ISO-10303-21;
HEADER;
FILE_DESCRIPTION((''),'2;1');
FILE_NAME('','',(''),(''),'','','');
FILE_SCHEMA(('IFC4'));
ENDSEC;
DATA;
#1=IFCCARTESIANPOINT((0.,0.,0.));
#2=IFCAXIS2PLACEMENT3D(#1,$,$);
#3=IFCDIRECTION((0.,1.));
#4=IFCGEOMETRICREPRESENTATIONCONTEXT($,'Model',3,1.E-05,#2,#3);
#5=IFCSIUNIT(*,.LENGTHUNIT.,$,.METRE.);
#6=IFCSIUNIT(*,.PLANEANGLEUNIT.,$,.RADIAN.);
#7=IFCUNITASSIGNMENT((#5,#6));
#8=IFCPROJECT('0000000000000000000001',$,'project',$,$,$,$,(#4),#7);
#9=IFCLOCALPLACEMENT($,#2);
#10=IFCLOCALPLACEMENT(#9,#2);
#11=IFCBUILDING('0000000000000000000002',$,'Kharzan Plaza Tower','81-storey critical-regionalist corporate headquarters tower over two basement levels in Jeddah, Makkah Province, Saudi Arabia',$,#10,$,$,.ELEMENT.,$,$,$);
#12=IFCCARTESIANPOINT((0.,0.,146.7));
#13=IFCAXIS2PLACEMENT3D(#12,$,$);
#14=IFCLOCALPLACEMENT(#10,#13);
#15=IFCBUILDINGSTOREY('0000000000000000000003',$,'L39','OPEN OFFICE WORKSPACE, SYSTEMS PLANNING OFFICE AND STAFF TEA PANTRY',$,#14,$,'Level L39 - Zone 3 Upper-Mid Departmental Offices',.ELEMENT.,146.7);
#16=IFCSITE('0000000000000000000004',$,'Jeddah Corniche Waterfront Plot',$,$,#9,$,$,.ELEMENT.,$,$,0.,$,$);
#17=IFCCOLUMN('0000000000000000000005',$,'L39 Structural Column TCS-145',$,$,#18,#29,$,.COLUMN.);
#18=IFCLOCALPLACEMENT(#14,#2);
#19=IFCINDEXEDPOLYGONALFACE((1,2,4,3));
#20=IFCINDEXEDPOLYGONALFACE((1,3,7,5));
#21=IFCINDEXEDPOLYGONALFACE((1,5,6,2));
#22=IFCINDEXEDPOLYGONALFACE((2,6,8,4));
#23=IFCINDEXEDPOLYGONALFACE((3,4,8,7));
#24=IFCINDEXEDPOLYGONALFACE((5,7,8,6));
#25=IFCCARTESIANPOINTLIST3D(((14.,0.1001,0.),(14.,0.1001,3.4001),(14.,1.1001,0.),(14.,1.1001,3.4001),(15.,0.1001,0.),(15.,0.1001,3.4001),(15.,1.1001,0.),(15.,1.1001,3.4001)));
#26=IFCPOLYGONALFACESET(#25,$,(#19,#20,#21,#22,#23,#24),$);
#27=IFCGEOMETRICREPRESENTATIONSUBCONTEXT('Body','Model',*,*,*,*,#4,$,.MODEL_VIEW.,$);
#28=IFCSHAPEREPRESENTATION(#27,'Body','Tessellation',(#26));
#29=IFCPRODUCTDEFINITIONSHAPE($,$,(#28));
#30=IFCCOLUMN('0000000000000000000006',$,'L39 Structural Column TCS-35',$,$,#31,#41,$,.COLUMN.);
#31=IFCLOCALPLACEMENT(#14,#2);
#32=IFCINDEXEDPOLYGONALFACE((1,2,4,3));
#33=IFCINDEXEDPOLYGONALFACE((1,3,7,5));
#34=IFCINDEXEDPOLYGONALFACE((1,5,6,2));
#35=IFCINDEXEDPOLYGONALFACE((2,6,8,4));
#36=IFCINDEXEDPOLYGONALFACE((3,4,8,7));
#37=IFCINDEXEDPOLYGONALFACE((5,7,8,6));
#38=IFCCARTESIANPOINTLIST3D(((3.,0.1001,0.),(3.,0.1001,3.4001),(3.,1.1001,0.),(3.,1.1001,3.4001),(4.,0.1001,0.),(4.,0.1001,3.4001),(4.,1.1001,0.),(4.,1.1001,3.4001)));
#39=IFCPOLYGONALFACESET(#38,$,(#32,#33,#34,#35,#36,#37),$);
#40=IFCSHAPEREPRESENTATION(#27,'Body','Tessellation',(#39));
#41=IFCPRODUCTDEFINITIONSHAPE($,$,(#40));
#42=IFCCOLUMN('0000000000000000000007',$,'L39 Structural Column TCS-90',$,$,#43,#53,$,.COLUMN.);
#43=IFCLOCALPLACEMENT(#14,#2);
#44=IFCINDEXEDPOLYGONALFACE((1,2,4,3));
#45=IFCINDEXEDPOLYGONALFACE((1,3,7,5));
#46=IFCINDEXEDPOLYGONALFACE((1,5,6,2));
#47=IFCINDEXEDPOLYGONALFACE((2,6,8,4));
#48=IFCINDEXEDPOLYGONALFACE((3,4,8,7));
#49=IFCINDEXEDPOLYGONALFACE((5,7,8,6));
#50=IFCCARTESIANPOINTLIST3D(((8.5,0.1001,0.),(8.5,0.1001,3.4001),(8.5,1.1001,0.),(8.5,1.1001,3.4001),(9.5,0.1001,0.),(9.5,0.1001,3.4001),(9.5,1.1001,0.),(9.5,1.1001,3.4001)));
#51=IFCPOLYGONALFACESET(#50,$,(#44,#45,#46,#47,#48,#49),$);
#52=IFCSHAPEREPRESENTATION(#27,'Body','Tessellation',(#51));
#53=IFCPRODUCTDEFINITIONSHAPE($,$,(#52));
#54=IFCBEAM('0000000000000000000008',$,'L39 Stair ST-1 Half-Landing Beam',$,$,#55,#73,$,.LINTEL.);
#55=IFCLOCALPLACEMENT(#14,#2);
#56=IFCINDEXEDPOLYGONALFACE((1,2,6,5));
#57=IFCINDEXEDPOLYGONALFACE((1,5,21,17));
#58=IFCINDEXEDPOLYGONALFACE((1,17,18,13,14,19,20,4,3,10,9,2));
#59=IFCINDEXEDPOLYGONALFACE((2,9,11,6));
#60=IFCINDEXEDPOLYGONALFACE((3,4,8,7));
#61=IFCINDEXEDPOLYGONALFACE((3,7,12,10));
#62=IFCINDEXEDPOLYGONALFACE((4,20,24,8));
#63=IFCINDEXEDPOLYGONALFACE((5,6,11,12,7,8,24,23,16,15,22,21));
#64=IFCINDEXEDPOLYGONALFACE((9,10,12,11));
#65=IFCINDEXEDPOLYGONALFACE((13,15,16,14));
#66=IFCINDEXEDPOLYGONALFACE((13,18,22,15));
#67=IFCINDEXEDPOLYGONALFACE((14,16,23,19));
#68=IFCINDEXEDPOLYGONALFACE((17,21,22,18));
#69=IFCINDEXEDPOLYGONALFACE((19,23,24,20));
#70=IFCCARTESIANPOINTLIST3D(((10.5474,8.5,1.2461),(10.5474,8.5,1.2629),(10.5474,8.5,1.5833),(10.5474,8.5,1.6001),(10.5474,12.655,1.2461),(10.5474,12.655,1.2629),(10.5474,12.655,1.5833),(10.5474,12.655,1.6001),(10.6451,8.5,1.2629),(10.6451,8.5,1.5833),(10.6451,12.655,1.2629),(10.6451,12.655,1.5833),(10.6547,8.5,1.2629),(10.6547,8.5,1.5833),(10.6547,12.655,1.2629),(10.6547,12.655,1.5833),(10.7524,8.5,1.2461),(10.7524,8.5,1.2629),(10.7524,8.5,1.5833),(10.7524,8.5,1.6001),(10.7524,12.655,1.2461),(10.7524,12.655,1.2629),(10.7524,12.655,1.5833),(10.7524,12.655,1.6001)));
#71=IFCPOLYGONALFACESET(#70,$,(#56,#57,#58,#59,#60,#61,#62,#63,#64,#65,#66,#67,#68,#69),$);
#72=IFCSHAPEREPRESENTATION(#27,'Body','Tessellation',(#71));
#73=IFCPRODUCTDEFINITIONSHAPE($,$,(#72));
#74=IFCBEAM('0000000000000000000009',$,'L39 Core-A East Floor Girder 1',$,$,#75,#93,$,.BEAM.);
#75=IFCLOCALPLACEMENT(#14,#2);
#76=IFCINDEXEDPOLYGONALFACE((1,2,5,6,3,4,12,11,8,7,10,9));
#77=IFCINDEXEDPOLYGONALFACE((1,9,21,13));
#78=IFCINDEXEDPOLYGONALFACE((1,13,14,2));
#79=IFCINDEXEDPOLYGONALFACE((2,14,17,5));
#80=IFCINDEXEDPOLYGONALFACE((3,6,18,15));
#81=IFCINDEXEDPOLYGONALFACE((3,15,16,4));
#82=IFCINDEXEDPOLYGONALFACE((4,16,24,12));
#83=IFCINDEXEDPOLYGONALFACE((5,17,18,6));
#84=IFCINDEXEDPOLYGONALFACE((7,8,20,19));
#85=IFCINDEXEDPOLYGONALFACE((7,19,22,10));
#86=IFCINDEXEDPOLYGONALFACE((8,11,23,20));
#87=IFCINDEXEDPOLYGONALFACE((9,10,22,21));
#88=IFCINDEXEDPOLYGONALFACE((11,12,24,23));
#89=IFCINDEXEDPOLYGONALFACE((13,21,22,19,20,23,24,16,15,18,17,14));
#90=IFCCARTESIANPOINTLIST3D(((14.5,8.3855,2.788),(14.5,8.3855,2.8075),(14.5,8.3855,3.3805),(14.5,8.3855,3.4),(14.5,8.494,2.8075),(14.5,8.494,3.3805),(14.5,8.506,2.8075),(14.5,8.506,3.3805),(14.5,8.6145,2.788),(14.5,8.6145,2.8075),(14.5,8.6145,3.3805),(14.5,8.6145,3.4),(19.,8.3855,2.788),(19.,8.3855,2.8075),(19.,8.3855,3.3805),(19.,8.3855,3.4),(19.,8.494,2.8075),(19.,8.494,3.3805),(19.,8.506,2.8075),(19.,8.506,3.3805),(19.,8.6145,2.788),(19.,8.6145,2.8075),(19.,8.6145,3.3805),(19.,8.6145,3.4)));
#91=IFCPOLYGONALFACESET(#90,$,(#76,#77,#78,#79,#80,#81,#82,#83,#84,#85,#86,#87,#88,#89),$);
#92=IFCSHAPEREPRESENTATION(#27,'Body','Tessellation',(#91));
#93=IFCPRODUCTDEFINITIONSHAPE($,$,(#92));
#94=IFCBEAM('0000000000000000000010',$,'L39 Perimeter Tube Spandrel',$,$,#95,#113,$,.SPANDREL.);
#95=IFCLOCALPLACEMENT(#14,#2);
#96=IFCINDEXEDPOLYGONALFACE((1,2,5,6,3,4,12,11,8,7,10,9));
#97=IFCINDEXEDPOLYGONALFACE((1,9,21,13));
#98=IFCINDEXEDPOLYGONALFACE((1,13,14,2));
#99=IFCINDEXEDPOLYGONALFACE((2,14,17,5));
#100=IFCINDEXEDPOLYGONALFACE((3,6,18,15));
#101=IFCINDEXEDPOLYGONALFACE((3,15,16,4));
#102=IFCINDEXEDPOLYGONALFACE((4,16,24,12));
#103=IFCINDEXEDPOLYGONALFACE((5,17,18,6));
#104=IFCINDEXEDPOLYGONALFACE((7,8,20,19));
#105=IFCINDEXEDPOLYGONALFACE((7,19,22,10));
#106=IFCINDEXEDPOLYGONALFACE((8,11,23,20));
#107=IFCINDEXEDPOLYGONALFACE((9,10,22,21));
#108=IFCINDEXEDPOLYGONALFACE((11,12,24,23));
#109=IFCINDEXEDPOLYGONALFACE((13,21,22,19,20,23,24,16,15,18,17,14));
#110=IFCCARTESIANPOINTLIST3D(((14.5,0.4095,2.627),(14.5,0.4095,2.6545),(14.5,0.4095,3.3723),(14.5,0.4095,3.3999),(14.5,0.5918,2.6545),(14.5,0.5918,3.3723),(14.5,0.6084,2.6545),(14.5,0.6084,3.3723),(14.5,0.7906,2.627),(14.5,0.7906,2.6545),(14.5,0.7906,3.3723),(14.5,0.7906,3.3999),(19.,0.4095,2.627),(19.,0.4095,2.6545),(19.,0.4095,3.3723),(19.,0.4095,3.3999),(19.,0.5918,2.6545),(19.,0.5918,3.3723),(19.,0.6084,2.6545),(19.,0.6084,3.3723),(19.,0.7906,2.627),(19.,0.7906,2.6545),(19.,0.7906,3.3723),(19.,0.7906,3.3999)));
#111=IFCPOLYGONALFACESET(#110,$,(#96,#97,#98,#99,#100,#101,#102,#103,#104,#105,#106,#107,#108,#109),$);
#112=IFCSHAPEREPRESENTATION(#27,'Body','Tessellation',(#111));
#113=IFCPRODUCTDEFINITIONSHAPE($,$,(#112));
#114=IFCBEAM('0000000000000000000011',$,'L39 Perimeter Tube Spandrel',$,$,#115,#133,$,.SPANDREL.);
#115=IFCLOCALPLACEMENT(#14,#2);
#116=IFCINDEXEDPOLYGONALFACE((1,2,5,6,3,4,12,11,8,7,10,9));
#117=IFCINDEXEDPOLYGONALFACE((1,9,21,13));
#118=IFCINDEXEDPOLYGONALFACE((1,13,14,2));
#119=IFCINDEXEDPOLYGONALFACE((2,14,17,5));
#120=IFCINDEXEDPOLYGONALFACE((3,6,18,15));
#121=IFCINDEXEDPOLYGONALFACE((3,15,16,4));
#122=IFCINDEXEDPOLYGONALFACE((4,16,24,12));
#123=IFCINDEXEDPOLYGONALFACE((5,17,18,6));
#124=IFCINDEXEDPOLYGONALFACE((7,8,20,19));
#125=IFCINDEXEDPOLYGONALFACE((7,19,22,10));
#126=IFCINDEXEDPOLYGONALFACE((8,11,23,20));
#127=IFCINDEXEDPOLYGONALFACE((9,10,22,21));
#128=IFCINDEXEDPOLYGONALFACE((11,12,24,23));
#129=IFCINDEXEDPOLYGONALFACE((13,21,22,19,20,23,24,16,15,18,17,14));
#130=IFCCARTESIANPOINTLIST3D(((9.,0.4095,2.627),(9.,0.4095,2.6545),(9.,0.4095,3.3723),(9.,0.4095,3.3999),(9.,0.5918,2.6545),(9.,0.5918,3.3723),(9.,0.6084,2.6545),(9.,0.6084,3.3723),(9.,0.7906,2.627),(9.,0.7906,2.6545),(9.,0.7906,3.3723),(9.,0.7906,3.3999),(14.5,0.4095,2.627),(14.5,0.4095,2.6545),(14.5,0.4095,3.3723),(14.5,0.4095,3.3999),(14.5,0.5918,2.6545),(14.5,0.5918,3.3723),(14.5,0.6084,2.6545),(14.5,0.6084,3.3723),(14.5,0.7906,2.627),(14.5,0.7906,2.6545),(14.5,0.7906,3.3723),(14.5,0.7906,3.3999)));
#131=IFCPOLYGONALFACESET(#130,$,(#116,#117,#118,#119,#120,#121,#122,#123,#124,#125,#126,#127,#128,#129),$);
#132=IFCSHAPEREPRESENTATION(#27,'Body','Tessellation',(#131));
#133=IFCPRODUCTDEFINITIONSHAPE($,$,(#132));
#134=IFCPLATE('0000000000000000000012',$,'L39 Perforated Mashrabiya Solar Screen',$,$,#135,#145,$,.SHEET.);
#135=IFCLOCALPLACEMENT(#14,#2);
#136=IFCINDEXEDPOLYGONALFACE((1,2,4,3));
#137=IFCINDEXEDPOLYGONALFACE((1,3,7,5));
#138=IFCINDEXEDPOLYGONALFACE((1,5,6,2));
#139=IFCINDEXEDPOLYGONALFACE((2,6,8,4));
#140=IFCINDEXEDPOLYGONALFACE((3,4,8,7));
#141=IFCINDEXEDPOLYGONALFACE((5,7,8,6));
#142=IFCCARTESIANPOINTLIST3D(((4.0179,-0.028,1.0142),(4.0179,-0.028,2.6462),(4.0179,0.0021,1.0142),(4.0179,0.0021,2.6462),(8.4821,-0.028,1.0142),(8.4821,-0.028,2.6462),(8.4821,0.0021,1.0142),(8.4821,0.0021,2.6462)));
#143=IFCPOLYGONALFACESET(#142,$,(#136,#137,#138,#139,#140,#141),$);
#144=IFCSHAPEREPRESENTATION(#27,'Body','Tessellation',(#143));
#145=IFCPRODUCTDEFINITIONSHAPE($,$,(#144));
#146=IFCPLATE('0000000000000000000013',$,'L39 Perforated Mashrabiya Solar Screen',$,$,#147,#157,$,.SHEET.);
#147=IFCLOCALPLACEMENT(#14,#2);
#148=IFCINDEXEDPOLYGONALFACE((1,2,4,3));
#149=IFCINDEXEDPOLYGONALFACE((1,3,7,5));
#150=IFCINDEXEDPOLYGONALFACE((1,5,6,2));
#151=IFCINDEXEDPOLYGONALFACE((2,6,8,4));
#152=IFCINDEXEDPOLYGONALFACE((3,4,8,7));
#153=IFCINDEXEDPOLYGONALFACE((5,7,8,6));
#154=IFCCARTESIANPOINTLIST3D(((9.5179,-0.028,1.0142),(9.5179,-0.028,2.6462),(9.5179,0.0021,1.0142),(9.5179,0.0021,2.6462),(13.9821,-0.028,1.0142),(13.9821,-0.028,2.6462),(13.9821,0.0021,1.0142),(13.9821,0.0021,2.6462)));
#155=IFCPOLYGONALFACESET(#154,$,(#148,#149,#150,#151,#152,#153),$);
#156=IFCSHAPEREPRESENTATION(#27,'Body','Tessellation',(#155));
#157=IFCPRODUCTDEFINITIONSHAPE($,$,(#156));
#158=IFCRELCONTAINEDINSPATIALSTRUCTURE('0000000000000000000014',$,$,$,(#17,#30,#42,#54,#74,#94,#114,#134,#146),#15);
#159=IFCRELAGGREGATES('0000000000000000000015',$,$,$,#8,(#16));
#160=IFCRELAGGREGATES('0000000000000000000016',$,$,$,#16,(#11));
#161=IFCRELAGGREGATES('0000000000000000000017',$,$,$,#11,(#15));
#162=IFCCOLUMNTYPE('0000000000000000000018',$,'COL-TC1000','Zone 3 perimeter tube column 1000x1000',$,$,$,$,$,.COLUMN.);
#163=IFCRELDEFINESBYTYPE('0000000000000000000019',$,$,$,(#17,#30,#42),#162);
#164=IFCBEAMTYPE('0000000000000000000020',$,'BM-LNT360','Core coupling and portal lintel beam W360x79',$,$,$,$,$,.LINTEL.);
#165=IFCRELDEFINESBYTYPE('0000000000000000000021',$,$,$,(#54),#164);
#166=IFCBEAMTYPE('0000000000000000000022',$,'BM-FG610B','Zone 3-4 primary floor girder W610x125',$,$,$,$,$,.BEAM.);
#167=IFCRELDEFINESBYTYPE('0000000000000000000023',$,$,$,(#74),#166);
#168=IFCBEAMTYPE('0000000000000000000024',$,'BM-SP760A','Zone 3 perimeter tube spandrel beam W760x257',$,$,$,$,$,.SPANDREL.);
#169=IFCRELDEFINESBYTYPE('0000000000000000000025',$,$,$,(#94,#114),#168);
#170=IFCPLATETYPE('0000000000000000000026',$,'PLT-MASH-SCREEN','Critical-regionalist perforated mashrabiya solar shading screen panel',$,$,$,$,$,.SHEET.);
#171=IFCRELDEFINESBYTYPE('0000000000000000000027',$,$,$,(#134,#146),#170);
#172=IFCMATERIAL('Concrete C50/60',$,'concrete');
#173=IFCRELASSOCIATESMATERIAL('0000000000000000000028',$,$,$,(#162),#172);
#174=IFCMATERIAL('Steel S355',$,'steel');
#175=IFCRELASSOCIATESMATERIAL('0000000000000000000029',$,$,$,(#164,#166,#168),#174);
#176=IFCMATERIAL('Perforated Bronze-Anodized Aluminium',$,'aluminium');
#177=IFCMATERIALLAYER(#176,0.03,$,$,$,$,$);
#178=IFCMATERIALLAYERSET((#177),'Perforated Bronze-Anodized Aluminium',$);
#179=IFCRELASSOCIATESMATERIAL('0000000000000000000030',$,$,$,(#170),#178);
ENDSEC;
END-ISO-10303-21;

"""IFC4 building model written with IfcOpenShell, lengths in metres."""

from ifc_helpers import new_model, si_unit, direction, frame, origin, origin_2d, place, context, subcontext, project, spatial, rectangle, i_section, extrude, source, transform, mapped, material, layer, layer_set, material_profile, profile_set, type_object, element, save


model = new_model("IFC4")

# Units and contexts
model_context = context("Model", 3, precision=1e-05, world=origin(), true_north=direction((0.0, 1.0)))
body_context = subcontext(model_context, "Body", "Model", "MODEL_VIEW")
ifc_project = project(units=[si_unit("LENGTHUNIT", "METRE"), si_unit("PLANEANGLEUNIT", "RADIAN")], contexts=[model_context])

# Site, building, storey
site_placement = place(None, origin())
site = spatial("IfcSite", under=ifc_project, at=site_placement, Name="Jeddah Corniche Waterfront Plot", CompositionType="ELEMENT", RefElevation=0.0)
building_placement = place(site_placement, origin())
building = spatial("IfcBuilding", under=site, at=building_placement, Name="Kharzan Plaza Tower", Description="81-storey critical-regionalist corporate headquarters tower over two basement levels in Jeddah, Makkah Province, Saudi Arabia", CompositionType="ELEMENT")
storey_placement = place(building_placement, frame((0.0, 0.0, 146.7)))
storey = spatial("IfcBuildingStorey", under=building, at=storey_placement, Name="L39", Description="OPEN OFFICE WORKSPACE, SYSTEMS PLANNING OFFICE AND STAFF TEA PANTRY", LongName="Level L39 - Zone 3 Upper-Mid Departmental Offices", CompositionType="ELEMENT", Elevation=146.7)

# Columns
ifc_material_1 = material(Name="Concrete C50/60", Category="concrete")
ifc_material_profile_1 = material_profile(ifc_material_1, rectangle(XDim=1.0, YDim=1.0, at=origin_2d()), Name="RC-TC1000x1000")
ifc_profile_set_1 = profile_set([ifc_material_profile_1], Name="Concrete C50/60")
column_type = type_object("IfcColumnType", Name="COL-TC1000", Description="Zone 3 perimeter tube column 1000x1000", PredefinedType="COLUMN", material=ifc_profile_set_1)
shared_shape_1 = source(origin(), body_context, "Body", "SweptSolid", [
    extrude(rectangle(XDim=1.0, YDim=1.0, at=origin_2d()), origin(), (0.0, 0.0, 1.0), 3.4001),
])
for number, where, z_axis, x_axis, name in (
    (1, (14.5, 0.6001, 0.0), (0.0, 0.0, 1.0), (1.0, 0.0, 0.0), "L39 Structural Column TCS-145"),
    (2, (3.5, 0.6001, 0.0), (0.0, 0.0, 1.0), (1.0, 0.0, 0.0), "L39 Structural Column TCS-35"),
    (3, (9.0, 0.6001, 0.0), (0.0, 0.0, 1.0), (1.0, 0.0, 0.0), "L39 Structural Column TCS-90"),
):
    element("IfcColumn", number, at=place(storey_placement, frame(where, z_axis=z_axis, x_axis=x_axis)), inside=storey, type_object=column_type, Name=name, PredefinedType="COLUMN", context=body_context, shape_type="MappedRepresentation", body=[
        mapped(shared_shape_1, transform((0.0, 0.0, 0.0), x_axis=(1.0, 0.0, 0.0), y_axis=(0.0, 1.0, 0.0), z_axis=(0.0, 0.0, 1.0))),
    ])

# Beams
ifc_material_2 = material(Name="Steel S355", Category="steel")
ifc_material_profile_2 = material_profile(ifc_material_2, i_section(OverallWidth=0.2051, OverallDepth=0.354, WebThickness=0.0095, FlangeThickness=0.0168, at=origin_2d()), Name="W360x79")
ifc_profile_set_2 = profile_set([ifc_material_profile_2], Name="Steel S355")
beam_type_1 = type_object("IfcBeamType", Name="BM-LNT360", Description="Core coupling and portal lintel beam W360x79", PredefinedType="LINTEL", material=ifc_profile_set_2)
shared_shape_2 = source(origin(), body_context, "Body", "SweptSolid", [
    extrude(i_section(OverallWidth=0.2051, OverallDepth=0.354, WebThickness=0.0095, FlangeThickness=0.0168, at=origin_2d()), origin(), (0.0, 0.0, 1.0), 4.155),
])
beam_1_placement = place(storey_placement, frame((10.6499, 8.5, 1.4231), z_axis=(0.0, 1.0, 0.0), x_axis=(-1.0, 0.0, 0.0)))
element("IfcBeam", 4, at=beam_1_placement, inside=storey, type_object=beam_type_1, Name="L39 Stair ST-1 Half-Landing Beam", PredefinedType="LINTEL", context=body_context, shape_type="MappedRepresentation", body=[
    mapped(shared_shape_2, transform((0.0, 0.0, 0.0), x_axis=(1.0, 0.0, 0.0), y_axis=(0.0, 1.0, 0.0), z_axis=(0.0, 0.0, 1.0))),
])
ifc_material_profile_3 = material_profile(ifc_material_2, i_section(OverallWidth=0.229, OverallDepth=0.6121, WebThickness=0.012, FlangeThickness=0.0195, at=origin_2d()), Name="W610x125")
ifc_profile_set_3 = profile_set([ifc_material_profile_3], Name="Steel S355")
beam_type_2 = type_object("IfcBeamType", Name="BM-FG610B", Description="Zone 3-4 primary floor girder W610x125", PredefinedType="BEAM", material=ifc_profile_set_3)
shared_shape_3 = source(origin(), body_context, "Body", "SweptSolid", [
    extrude(i_section(OverallWidth=0.229, OverallDepth=0.6121, WebThickness=0.012, FlangeThickness=0.0195, at=origin_2d()), origin(), (0.0, 0.0, 1.0), 4.5),
])
beam_2_placement = place(storey_placement, frame((14.5, 8.5, 3.094), z_axis=(1.0, 0.0, 0.0), x_axis=(0.0, 1.0, 0.0)))
element("IfcBeam", 5, at=beam_2_placement, inside=storey, type_object=beam_type_2, Name="L39 Core-A East Floor Girder 1", PredefinedType="BEAM", context=body_context, shape_type="MappedRepresentation", body=[
    mapped(shared_shape_3, transform((0.0, 0.0, 0.0), x_axis=(1.0, 0.0, 0.0), y_axis=(0.0, 1.0, 0.0), z_axis=(0.0, 0.0, 1.0))),
])
ifc_material_profile_4 = material_profile(ifc_material_2, i_section(OverallWidth=0.3811, OverallDepth=0.7729, WebThickness=0.0166, FlangeThickness=0.0276, at=origin_2d()), Name="W760x257")
ifc_profile_set_4 = profile_set([ifc_material_profile_4], Name="Steel S355")
beam_type_3 = type_object("IfcBeamType", Name="BM-SP760A", Description="Zone 3 perimeter tube spandrel beam W760x257", PredefinedType="SPANDREL", material=ifc_profile_set_4)
shared_shape_4 = source(origin(), body_context, "Body", "SweptSolid", [
    extrude(i_section(OverallWidth=0.3811, OverallDepth=0.7729, WebThickness=0.0166, FlangeThickness=0.0276, at=origin_2d()), origin(), (0.0, 0.0, 1.0), 4.5),
])
beam_3_placement = place(storey_placement, frame((14.5, 0.6001, 3.0134), z_axis=(1.0, 0.0, 0.0), x_axis=(0.0, 1.0, 0.0)))
element("IfcBeam", 6, at=beam_3_placement, inside=storey, type_object=beam_type_3, Name="L39 Perimeter Tube Spandrel", PredefinedType="SPANDREL", context=body_context, shape_type="MappedRepresentation", body=[
    mapped(shared_shape_4, transform((0.0, 0.0, 0.0), x_axis=(1.0, 0.0, 0.0), y_axis=(0.0, 1.0, 0.0), z_axis=(0.0, 0.0, 1.0))),
])
shared_shape_5 = source(origin(), body_context, "Body", "SweptSolid", [
    extrude(i_section(OverallWidth=0.3811, OverallDepth=0.7729, WebThickness=0.0166, FlangeThickness=0.0276, at=origin_2d()), origin(), (0.0, 0.0, 1.0), 5.5),
])
beam_4_placement = place(storey_placement, frame((9.0, 0.6001, 3.0134), z_axis=(1.0, 0.0, 0.0), x_axis=(0.0, 1.0, 0.0)))
element("IfcBeam", 7, at=beam_4_placement, inside=storey, type_object=beam_type_3, Name="L39 Perimeter Tube Spandrel", PredefinedType="SPANDREL", context=body_context, shape_type="MappedRepresentation", body=[
    mapped(shared_shape_5, transform((0.0, 0.0, 0.0), x_axis=(1.0, 0.0, 0.0), y_axis=(0.0, 1.0, 0.0), z_axis=(0.0, 0.0, 1.0))),
])

# Plates
ifc_material_3 = material(Name="Perforated Bronze-Anodized Aluminium", Category="aluminium")
ifc_layer_1 = layer(ifc_material_3, 0.03)
ifc_layer_set_1 = layer_set([ifc_layer_1], Name="Perforated Bronze-Anodized Aluminium")
plate_type = type_object("IfcPlateType", Name="PLT-MASH-SCREEN", Description="Critical-regionalist perforated mashrabiya solar shading screen panel", PredefinedType="SHEET", material=ifc_layer_set_1)
shared_shape_6 = source(origin(), body_context, "Body", "SweptSolid", [
    extrude(rectangle(XDim=4.4641, YDim=0.03, at=origin_2d()), origin(), (0.0, 0.0, 1.0), 1.6321),
])
for number, where, z_axis, x_axis, name in (
    (8, (6.25, -0.0129, 1.0142), (0.0, 0.0, 1.0), (1.0, 0.0, 0.0), "L39 Perforated Mashrabiya Solar Screen"),
    (9, (11.75, -0.0129, 1.0142), (0.0, 0.0, 1.0), (1.0, 0.0, 0.0), "L39 Perforated Mashrabiya Solar Screen"),
):
    element("IfcPlate", number, at=place(storey_placement, frame(where, z_axis=z_axis, x_axis=x_axis)), inside=storey, type_object=plate_type, Name=name, PredefinedType="SHEET", context=body_context, shape_type="MappedRepresentation", body=[
        mapped(shared_shape_6, transform((0.0, 0.0, 0.0), x_axis=(1.0, 0.0, 0.0), y_axis=(0.0, 1.0, 0.0), z_axis=(0.0, 0.0, 1.0))),
    ])

save(model, "model.ifc")
